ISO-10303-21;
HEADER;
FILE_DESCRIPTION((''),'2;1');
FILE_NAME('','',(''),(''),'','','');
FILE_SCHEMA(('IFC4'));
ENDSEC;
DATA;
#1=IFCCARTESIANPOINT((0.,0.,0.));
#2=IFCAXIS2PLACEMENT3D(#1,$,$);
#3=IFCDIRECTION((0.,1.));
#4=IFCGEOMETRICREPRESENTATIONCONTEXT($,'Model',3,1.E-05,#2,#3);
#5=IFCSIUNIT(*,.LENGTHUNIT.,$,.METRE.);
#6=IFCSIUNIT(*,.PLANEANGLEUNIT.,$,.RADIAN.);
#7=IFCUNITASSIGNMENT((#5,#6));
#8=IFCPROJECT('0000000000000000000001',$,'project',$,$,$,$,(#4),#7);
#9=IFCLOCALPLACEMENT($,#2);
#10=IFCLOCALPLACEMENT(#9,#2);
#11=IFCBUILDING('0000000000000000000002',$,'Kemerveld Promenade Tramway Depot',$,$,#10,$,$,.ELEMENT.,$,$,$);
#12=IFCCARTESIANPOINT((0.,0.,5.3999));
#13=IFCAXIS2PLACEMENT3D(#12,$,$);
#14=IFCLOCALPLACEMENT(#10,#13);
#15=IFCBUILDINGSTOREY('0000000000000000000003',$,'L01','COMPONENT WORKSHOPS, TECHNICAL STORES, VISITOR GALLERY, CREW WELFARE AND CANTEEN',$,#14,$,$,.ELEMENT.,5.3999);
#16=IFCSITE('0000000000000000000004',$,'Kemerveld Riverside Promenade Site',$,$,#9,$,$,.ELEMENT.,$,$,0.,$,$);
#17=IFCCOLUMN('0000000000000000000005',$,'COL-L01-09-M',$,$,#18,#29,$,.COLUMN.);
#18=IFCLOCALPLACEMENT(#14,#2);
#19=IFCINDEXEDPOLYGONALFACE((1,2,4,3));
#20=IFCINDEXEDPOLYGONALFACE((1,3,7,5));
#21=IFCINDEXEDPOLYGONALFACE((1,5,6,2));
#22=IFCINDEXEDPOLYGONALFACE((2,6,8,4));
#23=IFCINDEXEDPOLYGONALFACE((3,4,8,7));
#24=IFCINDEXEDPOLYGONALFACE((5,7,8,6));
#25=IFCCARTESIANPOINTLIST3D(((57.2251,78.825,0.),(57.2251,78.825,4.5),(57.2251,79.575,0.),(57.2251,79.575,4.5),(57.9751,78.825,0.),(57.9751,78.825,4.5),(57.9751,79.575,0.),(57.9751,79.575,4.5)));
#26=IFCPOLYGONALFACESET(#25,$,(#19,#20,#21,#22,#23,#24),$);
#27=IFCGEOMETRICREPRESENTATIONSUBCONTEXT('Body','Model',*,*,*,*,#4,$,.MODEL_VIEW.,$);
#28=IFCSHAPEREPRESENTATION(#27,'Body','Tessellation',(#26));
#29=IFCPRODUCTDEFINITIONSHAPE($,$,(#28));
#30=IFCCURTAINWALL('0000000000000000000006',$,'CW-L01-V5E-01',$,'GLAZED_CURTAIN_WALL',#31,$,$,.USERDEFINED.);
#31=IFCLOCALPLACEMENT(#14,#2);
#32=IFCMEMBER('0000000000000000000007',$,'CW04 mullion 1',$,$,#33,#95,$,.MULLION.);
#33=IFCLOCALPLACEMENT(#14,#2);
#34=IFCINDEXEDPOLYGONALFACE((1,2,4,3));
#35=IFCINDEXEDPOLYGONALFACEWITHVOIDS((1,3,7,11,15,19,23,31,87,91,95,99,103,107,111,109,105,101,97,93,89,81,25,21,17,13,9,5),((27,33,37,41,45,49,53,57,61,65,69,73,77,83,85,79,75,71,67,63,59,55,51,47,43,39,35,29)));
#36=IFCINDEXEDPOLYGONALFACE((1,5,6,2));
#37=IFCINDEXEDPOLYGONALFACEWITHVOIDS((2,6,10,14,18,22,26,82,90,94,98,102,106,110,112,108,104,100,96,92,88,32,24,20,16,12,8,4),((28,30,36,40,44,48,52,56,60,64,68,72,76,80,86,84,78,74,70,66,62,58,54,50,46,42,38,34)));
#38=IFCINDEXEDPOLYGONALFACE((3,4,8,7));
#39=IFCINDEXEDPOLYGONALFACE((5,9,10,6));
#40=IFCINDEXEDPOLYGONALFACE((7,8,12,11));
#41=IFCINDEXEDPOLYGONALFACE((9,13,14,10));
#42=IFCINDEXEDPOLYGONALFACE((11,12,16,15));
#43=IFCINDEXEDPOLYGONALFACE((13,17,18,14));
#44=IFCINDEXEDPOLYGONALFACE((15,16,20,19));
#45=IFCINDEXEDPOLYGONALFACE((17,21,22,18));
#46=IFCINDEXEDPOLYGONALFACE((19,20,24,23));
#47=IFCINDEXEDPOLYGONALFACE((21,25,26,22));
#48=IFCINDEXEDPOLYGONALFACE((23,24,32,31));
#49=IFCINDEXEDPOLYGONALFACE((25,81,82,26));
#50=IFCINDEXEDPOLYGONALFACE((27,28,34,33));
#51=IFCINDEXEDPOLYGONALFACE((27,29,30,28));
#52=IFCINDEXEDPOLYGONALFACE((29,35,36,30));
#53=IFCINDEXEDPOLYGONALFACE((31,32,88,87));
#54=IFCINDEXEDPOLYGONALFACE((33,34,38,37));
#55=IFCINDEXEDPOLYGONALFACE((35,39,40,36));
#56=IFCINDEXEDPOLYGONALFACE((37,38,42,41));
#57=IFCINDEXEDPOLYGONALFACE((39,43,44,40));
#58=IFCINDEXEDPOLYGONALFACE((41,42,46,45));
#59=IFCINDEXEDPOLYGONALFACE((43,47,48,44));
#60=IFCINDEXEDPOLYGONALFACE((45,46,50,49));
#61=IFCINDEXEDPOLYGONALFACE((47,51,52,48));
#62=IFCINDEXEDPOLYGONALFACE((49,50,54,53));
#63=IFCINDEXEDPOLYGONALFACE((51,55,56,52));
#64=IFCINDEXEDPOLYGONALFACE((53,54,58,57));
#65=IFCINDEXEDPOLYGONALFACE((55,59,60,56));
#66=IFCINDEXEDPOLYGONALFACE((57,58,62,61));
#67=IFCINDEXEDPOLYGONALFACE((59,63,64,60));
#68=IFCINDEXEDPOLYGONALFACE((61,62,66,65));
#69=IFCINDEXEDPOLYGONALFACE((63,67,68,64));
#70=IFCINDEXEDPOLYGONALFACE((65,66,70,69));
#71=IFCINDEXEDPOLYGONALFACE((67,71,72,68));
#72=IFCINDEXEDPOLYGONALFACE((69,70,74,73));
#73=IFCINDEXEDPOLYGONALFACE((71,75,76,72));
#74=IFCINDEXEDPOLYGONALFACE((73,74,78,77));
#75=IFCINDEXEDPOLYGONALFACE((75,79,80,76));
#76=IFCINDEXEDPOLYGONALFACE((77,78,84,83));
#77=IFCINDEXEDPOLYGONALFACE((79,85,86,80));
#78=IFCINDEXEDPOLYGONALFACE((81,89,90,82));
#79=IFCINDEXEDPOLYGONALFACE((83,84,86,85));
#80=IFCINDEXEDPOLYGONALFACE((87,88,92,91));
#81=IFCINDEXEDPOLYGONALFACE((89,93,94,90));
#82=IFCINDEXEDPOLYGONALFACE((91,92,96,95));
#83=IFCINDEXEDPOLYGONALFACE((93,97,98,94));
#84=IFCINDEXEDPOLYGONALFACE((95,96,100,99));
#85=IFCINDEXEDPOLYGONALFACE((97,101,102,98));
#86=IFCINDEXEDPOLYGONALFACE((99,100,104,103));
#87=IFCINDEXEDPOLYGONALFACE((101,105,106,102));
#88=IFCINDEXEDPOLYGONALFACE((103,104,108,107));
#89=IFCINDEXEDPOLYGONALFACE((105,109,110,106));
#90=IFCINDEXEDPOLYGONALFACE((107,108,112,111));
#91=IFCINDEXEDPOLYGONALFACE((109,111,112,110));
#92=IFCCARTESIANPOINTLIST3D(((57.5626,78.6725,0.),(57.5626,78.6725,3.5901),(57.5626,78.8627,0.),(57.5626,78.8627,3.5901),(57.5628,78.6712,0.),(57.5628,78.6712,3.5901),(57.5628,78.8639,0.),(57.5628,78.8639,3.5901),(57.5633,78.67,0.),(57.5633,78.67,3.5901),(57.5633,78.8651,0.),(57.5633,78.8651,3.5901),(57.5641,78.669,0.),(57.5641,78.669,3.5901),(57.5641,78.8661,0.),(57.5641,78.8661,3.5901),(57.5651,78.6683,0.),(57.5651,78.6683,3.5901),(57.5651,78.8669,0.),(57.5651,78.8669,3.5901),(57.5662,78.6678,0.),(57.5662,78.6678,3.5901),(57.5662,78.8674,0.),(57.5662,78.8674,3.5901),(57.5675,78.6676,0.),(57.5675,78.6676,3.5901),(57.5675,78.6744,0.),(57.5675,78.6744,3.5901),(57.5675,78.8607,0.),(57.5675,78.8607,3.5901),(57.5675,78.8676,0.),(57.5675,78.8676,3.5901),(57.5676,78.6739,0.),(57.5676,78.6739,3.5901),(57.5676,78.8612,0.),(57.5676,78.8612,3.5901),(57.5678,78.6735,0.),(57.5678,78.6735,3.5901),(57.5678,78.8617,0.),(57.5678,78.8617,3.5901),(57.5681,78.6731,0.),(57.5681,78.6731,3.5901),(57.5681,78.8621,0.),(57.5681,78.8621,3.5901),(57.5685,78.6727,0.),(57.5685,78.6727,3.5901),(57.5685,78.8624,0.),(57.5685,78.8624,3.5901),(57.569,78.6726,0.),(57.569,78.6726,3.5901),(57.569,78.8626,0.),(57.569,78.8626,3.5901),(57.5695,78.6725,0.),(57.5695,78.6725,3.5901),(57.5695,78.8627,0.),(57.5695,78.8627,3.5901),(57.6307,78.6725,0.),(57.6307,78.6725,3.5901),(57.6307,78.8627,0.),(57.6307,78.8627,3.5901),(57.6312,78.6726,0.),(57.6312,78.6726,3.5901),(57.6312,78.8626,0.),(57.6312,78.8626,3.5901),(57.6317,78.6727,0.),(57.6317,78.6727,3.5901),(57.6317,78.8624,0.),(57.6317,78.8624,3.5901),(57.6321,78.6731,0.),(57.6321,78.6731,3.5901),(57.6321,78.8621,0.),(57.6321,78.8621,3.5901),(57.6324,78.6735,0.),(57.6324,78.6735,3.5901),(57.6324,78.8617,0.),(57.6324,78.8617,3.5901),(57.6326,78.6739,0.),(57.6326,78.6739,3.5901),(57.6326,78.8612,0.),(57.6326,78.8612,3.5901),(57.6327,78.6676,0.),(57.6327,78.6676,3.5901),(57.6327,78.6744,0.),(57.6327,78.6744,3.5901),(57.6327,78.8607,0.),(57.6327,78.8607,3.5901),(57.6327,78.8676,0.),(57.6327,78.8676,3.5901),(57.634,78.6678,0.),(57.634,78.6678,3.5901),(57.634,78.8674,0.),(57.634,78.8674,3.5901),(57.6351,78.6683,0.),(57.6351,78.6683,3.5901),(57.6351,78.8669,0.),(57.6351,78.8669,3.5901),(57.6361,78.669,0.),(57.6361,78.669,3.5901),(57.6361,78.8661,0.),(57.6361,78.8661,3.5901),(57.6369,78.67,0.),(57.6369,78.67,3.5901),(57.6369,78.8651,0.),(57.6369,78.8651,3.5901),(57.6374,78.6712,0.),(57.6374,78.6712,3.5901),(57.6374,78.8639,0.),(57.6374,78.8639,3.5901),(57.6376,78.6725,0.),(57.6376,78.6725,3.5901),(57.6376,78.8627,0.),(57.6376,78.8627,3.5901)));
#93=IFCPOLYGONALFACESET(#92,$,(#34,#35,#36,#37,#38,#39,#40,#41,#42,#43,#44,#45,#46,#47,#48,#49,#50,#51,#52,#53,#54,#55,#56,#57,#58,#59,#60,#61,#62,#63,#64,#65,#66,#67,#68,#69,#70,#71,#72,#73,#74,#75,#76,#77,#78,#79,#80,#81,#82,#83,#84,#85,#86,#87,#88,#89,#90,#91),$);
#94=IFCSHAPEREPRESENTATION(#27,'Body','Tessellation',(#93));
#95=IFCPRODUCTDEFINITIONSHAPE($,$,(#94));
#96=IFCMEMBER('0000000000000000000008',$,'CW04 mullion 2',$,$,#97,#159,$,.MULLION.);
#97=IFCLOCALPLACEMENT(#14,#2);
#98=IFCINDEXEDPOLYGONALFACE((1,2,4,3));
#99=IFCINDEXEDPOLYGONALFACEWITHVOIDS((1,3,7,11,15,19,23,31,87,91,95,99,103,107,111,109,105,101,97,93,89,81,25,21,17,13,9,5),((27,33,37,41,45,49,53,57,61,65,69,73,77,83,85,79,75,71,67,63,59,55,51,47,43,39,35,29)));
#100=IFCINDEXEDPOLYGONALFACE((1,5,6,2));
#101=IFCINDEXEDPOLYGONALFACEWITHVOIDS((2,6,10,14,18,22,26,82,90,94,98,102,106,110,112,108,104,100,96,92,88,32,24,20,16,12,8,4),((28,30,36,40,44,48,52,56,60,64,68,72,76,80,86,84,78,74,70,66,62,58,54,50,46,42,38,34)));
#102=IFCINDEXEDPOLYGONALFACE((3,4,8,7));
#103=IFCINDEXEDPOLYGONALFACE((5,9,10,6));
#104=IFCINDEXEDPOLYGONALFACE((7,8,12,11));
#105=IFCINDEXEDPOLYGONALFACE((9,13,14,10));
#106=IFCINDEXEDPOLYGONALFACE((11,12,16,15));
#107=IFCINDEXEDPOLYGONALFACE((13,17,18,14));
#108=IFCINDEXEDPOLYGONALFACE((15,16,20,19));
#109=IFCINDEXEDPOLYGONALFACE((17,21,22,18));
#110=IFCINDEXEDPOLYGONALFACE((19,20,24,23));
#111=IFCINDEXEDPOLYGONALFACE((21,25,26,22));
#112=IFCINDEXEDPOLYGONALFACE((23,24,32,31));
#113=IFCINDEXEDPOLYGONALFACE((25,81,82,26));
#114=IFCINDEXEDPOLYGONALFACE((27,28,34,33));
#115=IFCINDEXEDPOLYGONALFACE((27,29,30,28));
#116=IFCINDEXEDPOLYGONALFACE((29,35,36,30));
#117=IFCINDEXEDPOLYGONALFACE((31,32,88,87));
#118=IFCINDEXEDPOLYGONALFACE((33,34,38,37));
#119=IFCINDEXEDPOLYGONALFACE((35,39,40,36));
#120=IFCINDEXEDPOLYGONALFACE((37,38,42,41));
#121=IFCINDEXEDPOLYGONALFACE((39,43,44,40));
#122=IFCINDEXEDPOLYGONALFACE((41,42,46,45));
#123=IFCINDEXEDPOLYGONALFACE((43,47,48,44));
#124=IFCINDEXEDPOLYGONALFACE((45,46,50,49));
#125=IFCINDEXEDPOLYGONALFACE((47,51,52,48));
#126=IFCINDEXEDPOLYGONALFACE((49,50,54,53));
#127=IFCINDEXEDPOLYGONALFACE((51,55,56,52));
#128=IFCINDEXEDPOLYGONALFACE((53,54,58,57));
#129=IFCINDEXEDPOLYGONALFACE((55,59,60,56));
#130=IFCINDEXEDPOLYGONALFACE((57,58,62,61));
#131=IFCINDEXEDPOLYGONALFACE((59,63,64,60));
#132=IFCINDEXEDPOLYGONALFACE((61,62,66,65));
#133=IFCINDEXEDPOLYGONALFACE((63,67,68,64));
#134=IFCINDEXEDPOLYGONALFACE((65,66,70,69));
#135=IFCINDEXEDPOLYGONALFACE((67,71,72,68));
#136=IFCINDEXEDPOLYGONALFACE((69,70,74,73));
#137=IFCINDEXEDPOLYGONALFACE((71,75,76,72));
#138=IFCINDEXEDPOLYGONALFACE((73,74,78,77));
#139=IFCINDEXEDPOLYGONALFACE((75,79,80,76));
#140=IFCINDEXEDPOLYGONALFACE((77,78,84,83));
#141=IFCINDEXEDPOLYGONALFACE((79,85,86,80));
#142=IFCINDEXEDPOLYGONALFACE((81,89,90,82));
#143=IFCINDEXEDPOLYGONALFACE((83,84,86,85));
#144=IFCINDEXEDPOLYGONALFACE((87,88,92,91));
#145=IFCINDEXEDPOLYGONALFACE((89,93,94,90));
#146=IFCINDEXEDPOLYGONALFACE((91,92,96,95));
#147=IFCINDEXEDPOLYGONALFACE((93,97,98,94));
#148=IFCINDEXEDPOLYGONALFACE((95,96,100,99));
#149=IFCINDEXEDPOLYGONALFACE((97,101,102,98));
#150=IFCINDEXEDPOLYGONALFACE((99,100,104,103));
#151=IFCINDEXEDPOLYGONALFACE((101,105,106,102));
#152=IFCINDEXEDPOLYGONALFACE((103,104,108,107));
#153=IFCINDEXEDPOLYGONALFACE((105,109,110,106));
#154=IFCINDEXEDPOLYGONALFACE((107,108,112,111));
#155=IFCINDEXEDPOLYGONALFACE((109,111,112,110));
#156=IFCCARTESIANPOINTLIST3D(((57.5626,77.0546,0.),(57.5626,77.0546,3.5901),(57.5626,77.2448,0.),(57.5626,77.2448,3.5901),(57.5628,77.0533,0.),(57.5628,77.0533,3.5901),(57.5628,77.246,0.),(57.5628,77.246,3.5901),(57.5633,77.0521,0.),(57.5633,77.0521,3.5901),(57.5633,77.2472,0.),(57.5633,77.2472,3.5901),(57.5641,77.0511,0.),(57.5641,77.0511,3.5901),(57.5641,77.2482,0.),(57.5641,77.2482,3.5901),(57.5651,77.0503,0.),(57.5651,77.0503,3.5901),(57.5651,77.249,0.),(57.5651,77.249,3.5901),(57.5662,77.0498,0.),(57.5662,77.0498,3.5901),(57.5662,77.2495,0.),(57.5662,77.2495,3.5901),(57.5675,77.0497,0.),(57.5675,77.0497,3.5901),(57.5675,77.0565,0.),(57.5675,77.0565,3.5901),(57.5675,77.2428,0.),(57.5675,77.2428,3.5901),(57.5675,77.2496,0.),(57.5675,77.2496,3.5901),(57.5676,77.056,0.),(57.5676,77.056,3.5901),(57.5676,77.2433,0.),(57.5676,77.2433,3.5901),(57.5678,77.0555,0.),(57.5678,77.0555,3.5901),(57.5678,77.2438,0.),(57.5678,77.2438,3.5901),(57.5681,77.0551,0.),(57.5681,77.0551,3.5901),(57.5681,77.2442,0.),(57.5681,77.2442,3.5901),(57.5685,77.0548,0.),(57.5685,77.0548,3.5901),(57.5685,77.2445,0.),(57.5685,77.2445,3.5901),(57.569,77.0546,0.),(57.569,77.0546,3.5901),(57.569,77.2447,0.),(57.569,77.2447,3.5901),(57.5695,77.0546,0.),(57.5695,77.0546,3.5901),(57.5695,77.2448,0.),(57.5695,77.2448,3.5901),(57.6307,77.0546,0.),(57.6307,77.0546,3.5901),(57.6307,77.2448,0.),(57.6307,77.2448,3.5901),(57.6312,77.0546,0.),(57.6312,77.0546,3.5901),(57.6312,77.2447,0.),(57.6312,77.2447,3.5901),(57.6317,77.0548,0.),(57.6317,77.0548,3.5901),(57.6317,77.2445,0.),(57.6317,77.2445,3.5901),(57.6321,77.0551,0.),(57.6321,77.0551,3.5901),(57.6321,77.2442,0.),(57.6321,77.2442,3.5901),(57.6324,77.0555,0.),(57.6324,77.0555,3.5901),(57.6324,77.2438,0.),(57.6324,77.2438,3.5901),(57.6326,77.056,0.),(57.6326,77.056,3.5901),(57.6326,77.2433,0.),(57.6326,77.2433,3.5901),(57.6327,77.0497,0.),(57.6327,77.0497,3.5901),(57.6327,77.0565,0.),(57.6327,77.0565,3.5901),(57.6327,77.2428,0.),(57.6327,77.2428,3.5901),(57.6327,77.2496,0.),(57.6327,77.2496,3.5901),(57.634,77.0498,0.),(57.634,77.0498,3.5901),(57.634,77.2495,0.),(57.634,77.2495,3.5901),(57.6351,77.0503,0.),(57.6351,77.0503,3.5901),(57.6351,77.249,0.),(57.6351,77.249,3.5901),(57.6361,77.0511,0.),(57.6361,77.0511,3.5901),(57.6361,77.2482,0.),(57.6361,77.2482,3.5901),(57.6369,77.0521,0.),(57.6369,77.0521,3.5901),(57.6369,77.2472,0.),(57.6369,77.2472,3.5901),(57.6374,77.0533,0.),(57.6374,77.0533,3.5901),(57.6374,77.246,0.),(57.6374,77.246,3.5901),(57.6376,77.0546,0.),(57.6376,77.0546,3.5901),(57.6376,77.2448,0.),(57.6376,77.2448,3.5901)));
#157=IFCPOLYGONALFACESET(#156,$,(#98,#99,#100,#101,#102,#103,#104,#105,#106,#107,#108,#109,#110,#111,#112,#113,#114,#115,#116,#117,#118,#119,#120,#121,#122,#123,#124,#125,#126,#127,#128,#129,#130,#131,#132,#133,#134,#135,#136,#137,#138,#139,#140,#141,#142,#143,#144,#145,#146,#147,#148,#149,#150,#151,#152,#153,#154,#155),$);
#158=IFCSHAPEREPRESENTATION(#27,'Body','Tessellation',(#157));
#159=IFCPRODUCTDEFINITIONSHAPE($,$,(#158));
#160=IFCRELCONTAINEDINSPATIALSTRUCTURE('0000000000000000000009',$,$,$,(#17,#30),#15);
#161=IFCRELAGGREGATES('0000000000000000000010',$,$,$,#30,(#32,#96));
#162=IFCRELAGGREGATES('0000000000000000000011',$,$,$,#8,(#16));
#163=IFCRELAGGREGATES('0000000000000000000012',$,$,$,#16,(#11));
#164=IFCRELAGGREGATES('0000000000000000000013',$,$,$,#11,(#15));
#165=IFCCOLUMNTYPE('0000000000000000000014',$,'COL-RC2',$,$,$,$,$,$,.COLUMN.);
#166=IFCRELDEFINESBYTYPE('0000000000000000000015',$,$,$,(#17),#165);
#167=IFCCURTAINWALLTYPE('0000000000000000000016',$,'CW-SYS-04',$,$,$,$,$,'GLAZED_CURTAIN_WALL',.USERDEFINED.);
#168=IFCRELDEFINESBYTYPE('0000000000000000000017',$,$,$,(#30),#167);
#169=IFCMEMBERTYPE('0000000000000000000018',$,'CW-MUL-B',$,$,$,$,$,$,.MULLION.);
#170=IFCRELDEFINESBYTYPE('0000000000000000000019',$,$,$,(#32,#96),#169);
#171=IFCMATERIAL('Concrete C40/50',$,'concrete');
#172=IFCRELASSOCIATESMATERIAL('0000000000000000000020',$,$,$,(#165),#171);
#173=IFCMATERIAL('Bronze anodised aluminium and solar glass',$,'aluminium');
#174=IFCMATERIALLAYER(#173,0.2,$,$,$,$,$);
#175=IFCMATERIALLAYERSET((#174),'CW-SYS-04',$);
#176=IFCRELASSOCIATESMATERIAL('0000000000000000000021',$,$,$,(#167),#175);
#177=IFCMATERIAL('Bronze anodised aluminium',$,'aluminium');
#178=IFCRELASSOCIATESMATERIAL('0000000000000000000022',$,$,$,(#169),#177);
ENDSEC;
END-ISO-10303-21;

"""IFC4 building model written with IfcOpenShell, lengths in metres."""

from ifc_helpers import new_model, si_unit, direction, frame, origin, origin_2d, place, context, subcontext, project, spatial, rectangle, hollow_rectangle, extrude, material, layer, layer_set, material_profile, profile_set, type_object, element, aggregate, save


model = new_model("IFC4")

# Units and contexts
model_context = context("Model", 3, precision=1e-05, world=origin(), true_north=direction((0.0, 1.0)))
body_context = subcontext(model_context, "Body", "Model", "MODEL_VIEW")
ifc_project = project(units=[si_unit("LENGTHUNIT", "METRE"), si_unit("PLANEANGLEUNIT", "RADIAN")], contexts=[model_context])

# Site, building, storey
site_placement = place(None, origin())
site = spatial("IfcSite", under=ifc_project, at=site_placement, Name="Kemerveld Riverside Promenade Site", CompositionType="ELEMENT", RefElevation=0.0)
building_placement = place(site_placement, origin())
building = spatial("IfcBuilding", under=site, at=building_placement, Name="Kemerveld Promenade Tramway Depot", CompositionType="ELEMENT")
storey_placement = place(building_placement, frame((0.0, 0.0, 5.3999)))
storey = spatial("IfcBuildingStorey", under=building, at=storey_placement, Name="L01", Description="COMPONENT WORKSHOPS, TECHNICAL STORES, VISITOR GALLERY, CREW WELFARE AND CANTEEN", CompositionType="ELEMENT", Elevation=5.3999)

# Column
ifc_material_1 = material(Name="Concrete C40/50", Category="concrete")
ifc_material_profile_1 = material_profile(ifc_material_1, rectangle(XDim=0.75, YDim=0.75, at=origin_2d()), Name="RC-COL-750x750")
ifc_profile_set_1 = profile_set([ifc_material_profile_1], Name="Concrete C40/50")
column_type = type_object("IfcColumnType", Name="COL-RC2", PredefinedType="COLUMN", material=ifc_profile_set_1)
column_placement = place(storey_placement, frame((57.6001, 79.2, 0.0), z_axis=(0.0, 0.0, 1.0), x_axis=(1.0, 0.0, 0.0)))
element("IfcColumn", 1, at=column_placement, inside=storey, type_object=column_type, Name="COL-L01-09-M", PredefinedType="COLUMN", context=body_context, shape_type="SweptSolid", body=[
    extrude(rectangle(XDim=0.75, YDim=0.75, at=origin_2d()), origin(), (0.0, 0.0, 1.0), 4.5),
])

# Curtain wall, members
ifc_material_2 = material(Name="Bronze anodised aluminium and solar glass", Category="aluminium")
ifc_layer_1 = layer(ifc_material_2, 0.2)
ifc_layer_set_1 = layer_set([ifc_layer_1], Name="CW-SYS-04")
curtain_wall_type = type_object("IfcCurtainWallType", Name="CW-SYS-04", ElementType="GLAZED_CURTAIN_WALL", PredefinedType="USERDEFINED", material=ifc_layer_set_1)
curtain_wall_placement = place(storey_placement, origin())
curtain_wall = element("IfcCurtainWall", 2, at=curtain_wall_placement, inside=storey, type_object=curtain_wall_type, Name="CW-L01-V5E-01", ObjectType="GLAZED_CURTAIN_WALL", PredefinedType="USERDEFINED")
ifc_material_3 = material(Name="Bronze anodised aluminium", Category="aluminium")
ifc_material_profile_2 = material_profile(ifc_material_3, hollow_rectangle(XDim=0.075, YDim=0.2, WallThickness=0.0049, InnerFilletRadius=0.002, OuterFilletRadius=0.0049, at=origin_2d()), Name="CW-MUL-200x75")
ifc_profile_set_2 = profile_set([ifc_material_profile_2], Name="Bronze anodised aluminium")
member_type_1 = type_object("IfcMemberType", Name="CW-MUL-B", PredefinedType="MULLION", material=ifc_profile_set_2)
member_1_placement = place(storey_placement, frame((57.6001, 78.7676, 0.0), z_axis=(0.0, 0.0, 1.0), x_axis=(1.0, 0.0, 0.0)))
member_1 = element("IfcMember", 3, at=member_1_placement, type_object=member_type_1, Name="CW04 mullion 1", PredefinedType="MULLION", context=body_context, shape_type="SweptSolid", body=[
    extrude(hollow_rectangle(XDim=0.075, YDim=0.2, WallThickness=0.0049, InnerFilletRadius=0.002, OuterFilletRadius=0.0049, at=origin_2d()), origin(), (0.0, 0.0, 1.0), 3.5901),
])
member_2_placement = place(storey_placement, frame((57.6001, 77.1497, 0.0), z_axis=(0.0, 0.0, 1.0), x_axis=(1.0, 0.0, 0.0)))
member_2 = element("IfcMember", 4, at=member_2_placement, type_object=member_type_1, Name="CW04 mullion 2", PredefinedType="MULLION", context=body_context, shape_type="SweptSolid", body=[
    extrude(hollow_rectangle(XDim=0.075, YDim=0.2, WallThickness=0.0049, InnerFilletRadius=0.002, OuterFilletRadius=0.0049, at=origin_2d()), origin(), (0.0, 0.0, 1.0), 3.5901),
])
aggregate(curtain_wall, [member_1, member_2])

save(model, "model.ifc")
